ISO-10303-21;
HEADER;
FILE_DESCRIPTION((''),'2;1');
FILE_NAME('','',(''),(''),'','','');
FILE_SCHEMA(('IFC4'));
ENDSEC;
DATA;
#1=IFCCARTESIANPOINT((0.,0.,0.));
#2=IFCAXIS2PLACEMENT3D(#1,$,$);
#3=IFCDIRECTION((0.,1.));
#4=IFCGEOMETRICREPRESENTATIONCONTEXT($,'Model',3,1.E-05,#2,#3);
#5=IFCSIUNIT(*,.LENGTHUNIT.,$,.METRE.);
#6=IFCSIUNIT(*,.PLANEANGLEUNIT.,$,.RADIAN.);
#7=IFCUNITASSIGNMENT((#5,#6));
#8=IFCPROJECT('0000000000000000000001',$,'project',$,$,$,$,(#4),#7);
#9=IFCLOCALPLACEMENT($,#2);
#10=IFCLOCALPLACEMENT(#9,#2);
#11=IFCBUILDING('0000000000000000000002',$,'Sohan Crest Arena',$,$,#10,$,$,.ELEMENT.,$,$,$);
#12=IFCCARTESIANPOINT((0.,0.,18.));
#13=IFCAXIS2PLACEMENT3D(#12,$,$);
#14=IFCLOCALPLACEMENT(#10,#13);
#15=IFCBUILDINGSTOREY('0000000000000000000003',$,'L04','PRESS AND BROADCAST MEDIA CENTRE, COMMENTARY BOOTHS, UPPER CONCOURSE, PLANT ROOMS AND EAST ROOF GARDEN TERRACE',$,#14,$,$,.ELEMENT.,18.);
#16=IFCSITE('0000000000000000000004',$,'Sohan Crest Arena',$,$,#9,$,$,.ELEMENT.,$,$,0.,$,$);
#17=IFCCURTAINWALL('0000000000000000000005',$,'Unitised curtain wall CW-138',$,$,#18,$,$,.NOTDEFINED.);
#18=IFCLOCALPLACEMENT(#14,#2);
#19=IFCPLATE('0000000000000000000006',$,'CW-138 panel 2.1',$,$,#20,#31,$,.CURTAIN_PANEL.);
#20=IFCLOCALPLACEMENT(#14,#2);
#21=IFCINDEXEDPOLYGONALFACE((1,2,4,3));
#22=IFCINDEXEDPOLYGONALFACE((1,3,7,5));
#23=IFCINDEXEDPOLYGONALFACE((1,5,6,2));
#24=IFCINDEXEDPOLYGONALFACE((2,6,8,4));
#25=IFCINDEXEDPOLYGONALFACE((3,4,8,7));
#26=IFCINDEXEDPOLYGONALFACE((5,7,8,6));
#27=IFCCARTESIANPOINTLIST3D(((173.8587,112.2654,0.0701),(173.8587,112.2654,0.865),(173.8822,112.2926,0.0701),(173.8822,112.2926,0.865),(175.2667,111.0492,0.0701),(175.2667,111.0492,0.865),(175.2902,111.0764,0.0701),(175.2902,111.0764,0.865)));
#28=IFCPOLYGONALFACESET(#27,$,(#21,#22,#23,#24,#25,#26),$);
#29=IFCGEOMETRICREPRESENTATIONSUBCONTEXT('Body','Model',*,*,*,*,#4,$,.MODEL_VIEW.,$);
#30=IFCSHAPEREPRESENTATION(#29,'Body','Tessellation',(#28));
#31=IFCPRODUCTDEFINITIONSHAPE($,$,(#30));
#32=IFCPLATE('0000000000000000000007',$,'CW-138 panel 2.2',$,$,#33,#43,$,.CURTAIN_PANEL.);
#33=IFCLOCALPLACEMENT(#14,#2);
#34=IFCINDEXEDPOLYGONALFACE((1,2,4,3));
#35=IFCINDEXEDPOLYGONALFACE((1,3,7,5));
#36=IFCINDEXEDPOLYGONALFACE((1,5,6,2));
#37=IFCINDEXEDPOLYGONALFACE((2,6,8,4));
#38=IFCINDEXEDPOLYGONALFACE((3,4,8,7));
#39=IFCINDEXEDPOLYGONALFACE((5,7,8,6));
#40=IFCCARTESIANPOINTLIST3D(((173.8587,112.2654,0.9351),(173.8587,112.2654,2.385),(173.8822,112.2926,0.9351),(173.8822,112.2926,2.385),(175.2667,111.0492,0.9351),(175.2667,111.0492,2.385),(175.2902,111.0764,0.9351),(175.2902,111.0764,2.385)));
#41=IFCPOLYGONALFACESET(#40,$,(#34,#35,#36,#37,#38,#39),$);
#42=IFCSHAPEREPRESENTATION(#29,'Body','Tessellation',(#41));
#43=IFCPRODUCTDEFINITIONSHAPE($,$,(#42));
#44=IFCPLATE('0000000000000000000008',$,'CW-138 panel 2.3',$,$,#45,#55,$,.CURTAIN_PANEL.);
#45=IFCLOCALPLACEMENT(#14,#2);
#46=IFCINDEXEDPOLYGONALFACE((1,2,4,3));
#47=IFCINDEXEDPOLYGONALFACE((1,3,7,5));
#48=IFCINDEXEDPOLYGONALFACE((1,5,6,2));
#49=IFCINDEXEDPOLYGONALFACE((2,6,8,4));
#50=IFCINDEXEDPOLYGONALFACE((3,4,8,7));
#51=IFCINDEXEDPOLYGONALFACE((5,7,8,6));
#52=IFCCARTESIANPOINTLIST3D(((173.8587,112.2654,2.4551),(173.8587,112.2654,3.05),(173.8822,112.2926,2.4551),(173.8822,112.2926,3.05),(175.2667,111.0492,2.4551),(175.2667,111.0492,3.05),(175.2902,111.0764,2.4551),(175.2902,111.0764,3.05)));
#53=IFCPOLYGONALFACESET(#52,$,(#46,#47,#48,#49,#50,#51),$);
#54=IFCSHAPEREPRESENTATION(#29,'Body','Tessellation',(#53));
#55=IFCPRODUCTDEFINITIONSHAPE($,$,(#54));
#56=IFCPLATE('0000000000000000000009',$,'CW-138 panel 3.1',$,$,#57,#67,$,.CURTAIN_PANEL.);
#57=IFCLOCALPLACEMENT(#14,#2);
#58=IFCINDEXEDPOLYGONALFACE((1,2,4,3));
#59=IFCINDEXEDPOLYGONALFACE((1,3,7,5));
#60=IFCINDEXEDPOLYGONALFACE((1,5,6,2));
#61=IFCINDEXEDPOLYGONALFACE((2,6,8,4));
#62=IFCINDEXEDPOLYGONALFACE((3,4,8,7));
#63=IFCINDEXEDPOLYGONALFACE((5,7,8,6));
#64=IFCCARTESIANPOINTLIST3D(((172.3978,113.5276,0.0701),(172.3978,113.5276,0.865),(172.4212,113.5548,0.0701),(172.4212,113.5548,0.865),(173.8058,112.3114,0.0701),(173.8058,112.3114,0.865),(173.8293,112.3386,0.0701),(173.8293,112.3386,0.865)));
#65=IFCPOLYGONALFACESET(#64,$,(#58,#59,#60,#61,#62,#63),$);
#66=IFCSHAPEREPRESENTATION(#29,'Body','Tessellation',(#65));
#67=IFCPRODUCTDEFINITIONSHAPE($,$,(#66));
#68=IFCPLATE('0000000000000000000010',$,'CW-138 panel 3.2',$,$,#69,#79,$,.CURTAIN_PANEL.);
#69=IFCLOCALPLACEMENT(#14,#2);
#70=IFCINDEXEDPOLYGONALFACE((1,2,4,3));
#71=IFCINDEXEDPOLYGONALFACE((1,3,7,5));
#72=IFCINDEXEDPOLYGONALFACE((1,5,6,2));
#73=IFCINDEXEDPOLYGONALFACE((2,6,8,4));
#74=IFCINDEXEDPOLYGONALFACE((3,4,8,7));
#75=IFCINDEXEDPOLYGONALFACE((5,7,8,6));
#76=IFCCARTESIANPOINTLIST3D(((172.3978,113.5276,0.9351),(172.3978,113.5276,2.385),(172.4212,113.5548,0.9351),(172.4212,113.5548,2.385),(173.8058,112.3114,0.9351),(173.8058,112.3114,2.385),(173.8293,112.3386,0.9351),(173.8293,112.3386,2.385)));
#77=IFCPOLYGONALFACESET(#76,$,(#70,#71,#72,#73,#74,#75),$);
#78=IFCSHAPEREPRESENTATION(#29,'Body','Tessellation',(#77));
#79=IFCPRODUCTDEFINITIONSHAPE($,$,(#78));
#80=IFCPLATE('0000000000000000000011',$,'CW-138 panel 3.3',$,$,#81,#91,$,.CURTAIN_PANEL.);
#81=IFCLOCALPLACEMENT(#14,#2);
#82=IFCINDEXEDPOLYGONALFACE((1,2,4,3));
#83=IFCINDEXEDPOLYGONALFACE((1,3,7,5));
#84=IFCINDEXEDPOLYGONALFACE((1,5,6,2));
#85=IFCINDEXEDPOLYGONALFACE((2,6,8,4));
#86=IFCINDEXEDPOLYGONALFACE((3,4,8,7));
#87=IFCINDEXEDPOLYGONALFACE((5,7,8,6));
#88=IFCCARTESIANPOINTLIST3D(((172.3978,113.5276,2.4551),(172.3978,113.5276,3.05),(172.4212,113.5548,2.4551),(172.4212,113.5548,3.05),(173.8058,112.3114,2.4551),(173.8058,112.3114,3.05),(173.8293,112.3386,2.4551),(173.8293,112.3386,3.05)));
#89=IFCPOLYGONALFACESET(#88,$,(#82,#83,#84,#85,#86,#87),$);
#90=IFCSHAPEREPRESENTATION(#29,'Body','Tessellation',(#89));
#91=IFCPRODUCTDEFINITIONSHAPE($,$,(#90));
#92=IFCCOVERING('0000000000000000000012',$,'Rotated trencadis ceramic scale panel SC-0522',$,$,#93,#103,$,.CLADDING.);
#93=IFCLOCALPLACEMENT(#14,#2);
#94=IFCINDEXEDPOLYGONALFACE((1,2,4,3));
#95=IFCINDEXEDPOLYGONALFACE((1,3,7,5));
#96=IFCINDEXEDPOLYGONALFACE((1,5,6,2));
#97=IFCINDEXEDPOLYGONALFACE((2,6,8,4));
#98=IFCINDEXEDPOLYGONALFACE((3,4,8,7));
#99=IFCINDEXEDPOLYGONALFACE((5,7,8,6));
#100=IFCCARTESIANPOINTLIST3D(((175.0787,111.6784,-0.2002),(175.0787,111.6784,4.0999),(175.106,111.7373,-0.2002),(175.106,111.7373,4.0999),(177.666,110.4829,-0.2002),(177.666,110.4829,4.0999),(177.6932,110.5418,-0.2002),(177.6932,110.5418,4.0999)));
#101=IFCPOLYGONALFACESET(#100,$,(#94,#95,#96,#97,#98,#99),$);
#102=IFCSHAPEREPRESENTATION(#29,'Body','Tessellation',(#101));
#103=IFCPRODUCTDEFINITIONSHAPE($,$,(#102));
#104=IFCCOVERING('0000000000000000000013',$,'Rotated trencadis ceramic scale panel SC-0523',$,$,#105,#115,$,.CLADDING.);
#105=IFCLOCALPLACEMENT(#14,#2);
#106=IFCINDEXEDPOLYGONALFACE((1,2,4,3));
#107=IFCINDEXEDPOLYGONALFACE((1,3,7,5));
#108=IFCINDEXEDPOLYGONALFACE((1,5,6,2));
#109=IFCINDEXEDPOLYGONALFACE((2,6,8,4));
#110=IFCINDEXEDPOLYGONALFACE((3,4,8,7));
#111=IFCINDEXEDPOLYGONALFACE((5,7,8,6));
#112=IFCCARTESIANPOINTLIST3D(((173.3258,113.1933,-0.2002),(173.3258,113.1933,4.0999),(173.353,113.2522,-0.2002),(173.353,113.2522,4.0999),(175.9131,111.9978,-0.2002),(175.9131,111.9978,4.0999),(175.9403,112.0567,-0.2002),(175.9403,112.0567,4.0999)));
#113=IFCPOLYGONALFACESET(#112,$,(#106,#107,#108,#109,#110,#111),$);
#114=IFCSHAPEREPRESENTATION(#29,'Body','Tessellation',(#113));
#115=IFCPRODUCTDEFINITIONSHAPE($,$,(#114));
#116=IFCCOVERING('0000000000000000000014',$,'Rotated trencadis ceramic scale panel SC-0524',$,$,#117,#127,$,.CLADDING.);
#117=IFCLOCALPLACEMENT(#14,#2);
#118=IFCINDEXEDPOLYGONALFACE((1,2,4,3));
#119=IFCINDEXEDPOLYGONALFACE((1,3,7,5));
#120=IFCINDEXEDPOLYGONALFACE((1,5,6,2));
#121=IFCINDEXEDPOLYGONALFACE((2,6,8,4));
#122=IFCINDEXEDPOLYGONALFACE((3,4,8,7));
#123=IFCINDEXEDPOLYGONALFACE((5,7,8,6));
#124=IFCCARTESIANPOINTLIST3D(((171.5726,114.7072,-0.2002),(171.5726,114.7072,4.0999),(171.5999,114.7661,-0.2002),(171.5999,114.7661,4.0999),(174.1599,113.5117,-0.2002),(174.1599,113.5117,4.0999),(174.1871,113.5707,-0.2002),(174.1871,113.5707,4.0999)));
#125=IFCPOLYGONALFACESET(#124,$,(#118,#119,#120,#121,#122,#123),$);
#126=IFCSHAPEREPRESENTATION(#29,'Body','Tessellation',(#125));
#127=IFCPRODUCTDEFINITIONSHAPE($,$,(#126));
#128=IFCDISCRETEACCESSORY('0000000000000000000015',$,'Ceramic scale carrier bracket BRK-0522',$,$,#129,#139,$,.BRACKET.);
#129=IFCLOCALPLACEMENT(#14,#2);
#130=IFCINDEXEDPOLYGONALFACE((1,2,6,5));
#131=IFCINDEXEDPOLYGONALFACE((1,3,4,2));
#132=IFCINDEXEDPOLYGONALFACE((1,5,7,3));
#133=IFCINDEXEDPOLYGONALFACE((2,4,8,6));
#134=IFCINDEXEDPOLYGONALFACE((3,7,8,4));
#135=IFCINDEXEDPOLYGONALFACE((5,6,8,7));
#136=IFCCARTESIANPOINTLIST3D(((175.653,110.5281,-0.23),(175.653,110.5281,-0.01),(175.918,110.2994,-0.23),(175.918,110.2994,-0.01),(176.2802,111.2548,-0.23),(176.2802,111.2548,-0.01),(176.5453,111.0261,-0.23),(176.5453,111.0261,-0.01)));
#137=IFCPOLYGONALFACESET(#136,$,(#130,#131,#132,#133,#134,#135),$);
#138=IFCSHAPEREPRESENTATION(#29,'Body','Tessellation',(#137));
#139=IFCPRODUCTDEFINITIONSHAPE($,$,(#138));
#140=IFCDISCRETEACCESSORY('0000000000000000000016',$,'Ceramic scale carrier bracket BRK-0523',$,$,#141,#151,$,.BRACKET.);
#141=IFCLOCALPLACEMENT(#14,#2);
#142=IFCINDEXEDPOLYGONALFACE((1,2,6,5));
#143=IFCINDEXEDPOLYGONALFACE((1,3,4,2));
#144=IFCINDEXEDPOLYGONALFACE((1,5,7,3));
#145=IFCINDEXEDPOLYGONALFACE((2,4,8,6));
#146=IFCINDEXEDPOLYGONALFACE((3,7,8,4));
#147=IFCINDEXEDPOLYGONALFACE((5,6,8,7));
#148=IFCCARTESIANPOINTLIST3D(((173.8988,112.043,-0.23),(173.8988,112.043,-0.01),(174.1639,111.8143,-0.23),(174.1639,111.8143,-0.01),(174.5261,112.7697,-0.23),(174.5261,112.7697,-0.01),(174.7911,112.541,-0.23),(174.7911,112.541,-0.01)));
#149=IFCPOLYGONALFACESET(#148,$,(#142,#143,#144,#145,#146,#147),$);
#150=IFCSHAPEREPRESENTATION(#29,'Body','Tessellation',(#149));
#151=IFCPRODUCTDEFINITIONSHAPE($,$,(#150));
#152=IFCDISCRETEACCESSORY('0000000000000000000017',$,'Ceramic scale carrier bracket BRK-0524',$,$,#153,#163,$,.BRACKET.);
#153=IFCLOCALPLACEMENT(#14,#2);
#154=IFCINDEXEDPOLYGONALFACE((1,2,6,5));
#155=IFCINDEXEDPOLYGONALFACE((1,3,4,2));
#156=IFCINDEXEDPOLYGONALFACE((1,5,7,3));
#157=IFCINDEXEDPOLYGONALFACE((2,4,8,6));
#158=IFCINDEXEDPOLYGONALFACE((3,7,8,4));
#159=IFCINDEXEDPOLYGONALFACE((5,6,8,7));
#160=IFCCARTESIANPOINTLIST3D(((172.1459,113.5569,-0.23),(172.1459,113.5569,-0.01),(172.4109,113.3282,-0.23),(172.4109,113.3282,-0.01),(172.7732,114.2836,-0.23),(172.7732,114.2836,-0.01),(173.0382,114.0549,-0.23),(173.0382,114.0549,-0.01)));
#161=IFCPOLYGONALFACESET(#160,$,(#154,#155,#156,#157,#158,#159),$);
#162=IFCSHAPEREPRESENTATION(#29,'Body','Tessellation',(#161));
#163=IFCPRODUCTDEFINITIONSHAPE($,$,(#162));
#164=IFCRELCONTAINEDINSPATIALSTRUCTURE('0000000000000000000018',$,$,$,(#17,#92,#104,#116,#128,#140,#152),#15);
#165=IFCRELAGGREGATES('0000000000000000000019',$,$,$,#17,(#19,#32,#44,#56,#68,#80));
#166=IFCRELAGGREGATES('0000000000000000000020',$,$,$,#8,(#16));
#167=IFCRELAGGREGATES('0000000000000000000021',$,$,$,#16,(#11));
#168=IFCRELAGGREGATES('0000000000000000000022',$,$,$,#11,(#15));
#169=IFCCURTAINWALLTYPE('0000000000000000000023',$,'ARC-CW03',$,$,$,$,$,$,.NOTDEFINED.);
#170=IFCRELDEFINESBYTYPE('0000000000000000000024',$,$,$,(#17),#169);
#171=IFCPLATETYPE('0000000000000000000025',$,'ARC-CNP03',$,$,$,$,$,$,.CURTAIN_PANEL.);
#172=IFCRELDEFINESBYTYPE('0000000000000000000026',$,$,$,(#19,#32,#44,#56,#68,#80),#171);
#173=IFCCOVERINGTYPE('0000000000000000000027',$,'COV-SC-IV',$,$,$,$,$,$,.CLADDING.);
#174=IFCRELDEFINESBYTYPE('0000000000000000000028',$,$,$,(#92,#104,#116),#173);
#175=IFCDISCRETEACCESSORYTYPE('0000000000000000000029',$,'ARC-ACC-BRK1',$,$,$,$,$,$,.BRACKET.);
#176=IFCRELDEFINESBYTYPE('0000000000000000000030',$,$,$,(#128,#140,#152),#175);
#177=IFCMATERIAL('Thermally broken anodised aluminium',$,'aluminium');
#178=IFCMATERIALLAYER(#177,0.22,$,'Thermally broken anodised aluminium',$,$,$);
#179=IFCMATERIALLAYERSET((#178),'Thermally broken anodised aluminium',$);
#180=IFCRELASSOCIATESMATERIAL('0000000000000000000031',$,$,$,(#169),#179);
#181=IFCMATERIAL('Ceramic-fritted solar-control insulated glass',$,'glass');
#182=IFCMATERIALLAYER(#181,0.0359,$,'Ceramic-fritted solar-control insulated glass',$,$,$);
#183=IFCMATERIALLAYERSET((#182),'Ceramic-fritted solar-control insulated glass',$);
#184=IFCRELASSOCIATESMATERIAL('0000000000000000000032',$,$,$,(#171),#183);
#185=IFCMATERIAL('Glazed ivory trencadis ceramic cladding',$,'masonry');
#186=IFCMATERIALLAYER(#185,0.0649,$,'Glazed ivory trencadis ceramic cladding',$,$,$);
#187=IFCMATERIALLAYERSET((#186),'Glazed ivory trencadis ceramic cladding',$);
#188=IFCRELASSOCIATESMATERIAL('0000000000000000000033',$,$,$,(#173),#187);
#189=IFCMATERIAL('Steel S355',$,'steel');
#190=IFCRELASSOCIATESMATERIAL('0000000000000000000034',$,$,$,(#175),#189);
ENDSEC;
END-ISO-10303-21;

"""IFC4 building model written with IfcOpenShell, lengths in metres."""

from ifc_helpers import new_model, si_unit, direction, frame, origin, origin_2d, place, context, subcontext, project, spatial, rectangle, extrude, material, layer, layer_set, type_object, element, aggregate, save


model = new_model("IFC4")

# Units and contexts
model_context = context("Model", 3, precision=1e-05, world=origin(), true_north=direction((0.0, 1.0)))
body_context = subcontext(model_context, "Body", "Model", "MODEL_VIEW")
ifc_project = project(units=[si_unit("LENGTHUNIT", "METRE"), si_unit("PLANEANGLEUNIT", "RADIAN")], contexts=[model_context])

# Site, building, storey
site_placement = place(None, origin())
site = spatial("IfcSite", under=ifc_project, at=site_placement, Name="Sohan Crest Arena", CompositionType="ELEMENT", RefElevation=0.0)
building_placement = place(site_placement, origin())
building = spatial("IfcBuilding", under=site, at=building_placement, Name="Sohan Crest Arena", CompositionType="ELEMENT")
storey_placement = place(building_placement, frame((0.0, 0.0, 18.0)))
storey = spatial("IfcBuildingStorey", under=building, at=storey_placement, Name="L04", Description="PRESS AND BROADCAST MEDIA CENTRE, COMMENTARY BOOTHS, UPPER CONCOURSE, PLANT ROOMS AND EAST ROOF GARDEN TERRACE", CompositionType="ELEMENT", Elevation=18.0)

# Curtain wall, plates
ifc_material_1 = material(Name="Thermally broken anodised aluminium", Category="aluminium")
ifc_layer_1 = layer(ifc_material_1, 0.22, Name="Thermally broken anodised aluminium")
ifc_layer_set_1 = layer_set([ifc_layer_1], Name="Thermally broken anodised aluminium")
curtain_wall_type = type_object("IfcCurtainWallType", Name="ARC-CW03", PredefinedType="NOTDEFINED", material=ifc_layer_set_1)
curtain_wall_placement = place(storey_placement, origin())
curtain_wall = element("IfcCurtainWall", 1, at=curtain_wall_placement, inside=storey, type_object=curtain_wall_type, Name="Unitised curtain wall CW-138", PredefinedType="NOTDEFINED")
ifc_material_2 = material(Name="Ceramic-fritted solar-control insulated glass", Category="glass")
ifc_layer_2 = layer(ifc_material_2, 0.0359, Name="Ceramic-fritted solar-control insulated glass")
ifc_layer_set_2 = layer_set([ifc_layer_2], Name="Ceramic-fritted solar-control insulated glass")
plate_type = type_object("IfcPlateType", Name="ARC-CNP03", PredefinedType="CURTAIN_PANEL", material=ifc_layer_set_2)
plate_1_placement = place(storey_placement, frame((174.5745, 111.6709, 0.0701), z_axis=(0.0, 0.0, 1.0), x_axis=(-0.756765, 0.653687, 0.0)))
plate_1 = element("IfcPlate", 2, at=plate_1_placement, type_object=plate_type, Name="CW-138 panel 2.1", PredefinedType="CURTAIN_PANEL", context=body_context, shape_type="SweptSolid", body=[
    extrude(rectangle(XDim=1.8606, YDim=0.0359, at=origin_2d()), origin(), (0.0, 0.0, 1.0), 0.7949),
])
plate_2_placement = place(storey_placement, frame((174.5745, 111.6709, 0.9351), z_axis=(0.0, 0.0, 1.0), x_axis=(-0.756765, 0.653687, 0.0)))
plate_2 = element("IfcPlate", 3, at=plate_2_placement, type_object=plate_type, Name="CW-138 panel 2.2", PredefinedType="CURTAIN_PANEL", context=body_context, shape_type="SweptSolid", body=[
    extrude(rectangle(XDim=1.8606, YDim=0.0359, at=origin_2d()), origin(), (0.0, 0.0, 1.0), 1.45),
])
plate_3_placement = place(storey_placement, frame((174.5745, 111.6709, 2.4551), z_axis=(0.0, 0.0, 1.0), x_axis=(-0.756765, 0.653687, 0.0)))
plate_3 = element("IfcPlate", 4, at=plate_3_placement, type_object=plate_type, Name="CW-138 panel 2.3", PredefinedType="CURTAIN_PANEL", context=body_context, shape_type="SweptSolid", body=[
    extrude(rectangle(XDim=1.8606, YDim=0.0359, at=origin_2d()), origin(), (0.0, 0.0, 1.0), 0.595),
])
plate_4_placement = place(storey_placement, frame((173.1135, 112.9331, 0.0701), z_axis=(0.0, 0.0, 1.0), x_axis=(-0.756765, 0.653687, 0.0)))
plate_4 = element("IfcPlate", 5, at=plate_4_placement, type_object=plate_type, Name="CW-138 panel 3.1", PredefinedType="CURTAIN_PANEL", context=body_context, shape_type="SweptSolid", body=[
    extrude(rectangle(XDim=1.8606, YDim=0.0359, at=origin_2d()), origin(), (0.0, 0.0, 1.0), 0.7949),
])
plate_5_placement = place(storey_placement, frame((173.1135, 112.9331, 0.9351), z_axis=(0.0, 0.0, 1.0), x_axis=(-0.756765, 0.653687, 0.0)))
plate_5 = element("IfcPlate", 6, at=plate_5_placement, type_object=plate_type, Name="CW-138 panel 3.2", PredefinedType="CURTAIN_PANEL", context=body_context, shape_type="SweptSolid", body=[
    extrude(rectangle(XDim=1.8606, YDim=0.0359, at=origin_2d()), origin(), (0.0, 0.0, 1.0), 1.45),
])
plate_6_placement = place(storey_placement, frame((173.1135, 112.9331, 2.4551), z_axis=(0.0, 0.0, 1.0), x_axis=(-0.756765, 0.653687, 0.0)))
plate_6 = element("IfcPlate", 7, at=plate_6_placement, type_object=plate_type, Name="CW-138 panel 3.3", PredefinedType="CURTAIN_PANEL", context=body_context, shape_type="SweptSolid", body=[
    extrude(rectangle(XDim=1.8606, YDim=0.0359, at=origin_2d()), origin(), (0.0, 0.0, 1.0), 0.595),
])
aggregate(curtain_wall, [plate_1, plate_2, plate_3, plate_4, plate_5, plate_6])

# Coverings
ifc_material_3 = material(Name="Glazed ivory trencadis ceramic cladding", Category="masonry")
ifc_layer_3 = layer(ifc_material_3, 0.0649, Name="Glazed ivory trencadis ceramic cladding")
ifc_layer_set_3 = layer_set([ifc_layer_3], Name="Glazed ivory trencadis ceramic cladding")
covering_type = type_object("IfcCoveringType", Name="COV-SC-IV", PredefinedType="CLADDING", material=ifc_layer_set_3)
for number, where, z_axis, x_axis, name in (
    (8, (176.386, 111.1101, -0.2002), (0.0, 0.0, 1.0), (-0.907777, 0.419452, 0.0), "Rotated trencadis ceramic scale panel SC-0522"),
    (9, (174.6331, 112.625, -0.2002), (0.0, 0.0, 1.0), (-0.907777, 0.419452, 0.0), "Rotated trencadis ceramic scale panel SC-0523"),
    (10, (172.8799, 114.1389, -0.2002), (0.0, 0.0, 1.0), (-0.907777, 0.419452, 0.0), "Rotated trencadis ceramic scale panel SC-0524"),
):
    element("IfcCovering", number, at=place(storey_placement, frame(where, z_axis=z_axis, x_axis=x_axis)), inside=storey, type_object=covering_type, Name=name, PredefinedType="CLADDING", context=body_context, shape_type="SweptSolid", body=[
        extrude(rectangle(XDim=2.8501, YDim=0.0649, at=origin_2d()), origin(), (0.0, 0.0, 1.0), 4.3),
    ])

# Discrete accessories
ifc_material_4 = material(Name="Steel S355", Category="steel")
discrete_accessory_type = type_object("IfcDiscreteAccessoryType", Name="ARC-ACC-BRK1", PredefinedType="BRACKET", material=ifc_material_4)
for number, where, z_axis, x_axis, name in (
    (11, (176.0991, 110.7771, -0.23), (0.0, 0.0, 1.0), (-0.756995, 0.653421, 0.0), "Ceramic scale carrier bracket BRK-0522"),
    (12, (174.345, 112.292, -0.23), (0.0, 0.0, 1.0), (-0.756995, 0.653421, 0.0), "Ceramic scale carrier bracket BRK-0523"),
    (13, (172.592, 113.8059, -0.23), (0.0, 0.0, 1.0), (-0.756995, 0.653421, 0.0), "Ceramic scale carrier bracket BRK-0524"),
):
    element("IfcDiscreteAccessory", number, at=place(storey_placement, frame(where, z_axis=z_axis, x_axis=x_axis)), inside=storey, type_object=discrete_accessory_type, Name=name, PredefinedType="BRACKET", context=body_context, shape_type="SweptSolid", body=[
        extrude(rectangle(XDim=0.3501, YDim=0.96, at=origin_2d()), origin(), (0.0, 0.0, 1.0), 0.22),
    ])

save(model, "model.ifc")
